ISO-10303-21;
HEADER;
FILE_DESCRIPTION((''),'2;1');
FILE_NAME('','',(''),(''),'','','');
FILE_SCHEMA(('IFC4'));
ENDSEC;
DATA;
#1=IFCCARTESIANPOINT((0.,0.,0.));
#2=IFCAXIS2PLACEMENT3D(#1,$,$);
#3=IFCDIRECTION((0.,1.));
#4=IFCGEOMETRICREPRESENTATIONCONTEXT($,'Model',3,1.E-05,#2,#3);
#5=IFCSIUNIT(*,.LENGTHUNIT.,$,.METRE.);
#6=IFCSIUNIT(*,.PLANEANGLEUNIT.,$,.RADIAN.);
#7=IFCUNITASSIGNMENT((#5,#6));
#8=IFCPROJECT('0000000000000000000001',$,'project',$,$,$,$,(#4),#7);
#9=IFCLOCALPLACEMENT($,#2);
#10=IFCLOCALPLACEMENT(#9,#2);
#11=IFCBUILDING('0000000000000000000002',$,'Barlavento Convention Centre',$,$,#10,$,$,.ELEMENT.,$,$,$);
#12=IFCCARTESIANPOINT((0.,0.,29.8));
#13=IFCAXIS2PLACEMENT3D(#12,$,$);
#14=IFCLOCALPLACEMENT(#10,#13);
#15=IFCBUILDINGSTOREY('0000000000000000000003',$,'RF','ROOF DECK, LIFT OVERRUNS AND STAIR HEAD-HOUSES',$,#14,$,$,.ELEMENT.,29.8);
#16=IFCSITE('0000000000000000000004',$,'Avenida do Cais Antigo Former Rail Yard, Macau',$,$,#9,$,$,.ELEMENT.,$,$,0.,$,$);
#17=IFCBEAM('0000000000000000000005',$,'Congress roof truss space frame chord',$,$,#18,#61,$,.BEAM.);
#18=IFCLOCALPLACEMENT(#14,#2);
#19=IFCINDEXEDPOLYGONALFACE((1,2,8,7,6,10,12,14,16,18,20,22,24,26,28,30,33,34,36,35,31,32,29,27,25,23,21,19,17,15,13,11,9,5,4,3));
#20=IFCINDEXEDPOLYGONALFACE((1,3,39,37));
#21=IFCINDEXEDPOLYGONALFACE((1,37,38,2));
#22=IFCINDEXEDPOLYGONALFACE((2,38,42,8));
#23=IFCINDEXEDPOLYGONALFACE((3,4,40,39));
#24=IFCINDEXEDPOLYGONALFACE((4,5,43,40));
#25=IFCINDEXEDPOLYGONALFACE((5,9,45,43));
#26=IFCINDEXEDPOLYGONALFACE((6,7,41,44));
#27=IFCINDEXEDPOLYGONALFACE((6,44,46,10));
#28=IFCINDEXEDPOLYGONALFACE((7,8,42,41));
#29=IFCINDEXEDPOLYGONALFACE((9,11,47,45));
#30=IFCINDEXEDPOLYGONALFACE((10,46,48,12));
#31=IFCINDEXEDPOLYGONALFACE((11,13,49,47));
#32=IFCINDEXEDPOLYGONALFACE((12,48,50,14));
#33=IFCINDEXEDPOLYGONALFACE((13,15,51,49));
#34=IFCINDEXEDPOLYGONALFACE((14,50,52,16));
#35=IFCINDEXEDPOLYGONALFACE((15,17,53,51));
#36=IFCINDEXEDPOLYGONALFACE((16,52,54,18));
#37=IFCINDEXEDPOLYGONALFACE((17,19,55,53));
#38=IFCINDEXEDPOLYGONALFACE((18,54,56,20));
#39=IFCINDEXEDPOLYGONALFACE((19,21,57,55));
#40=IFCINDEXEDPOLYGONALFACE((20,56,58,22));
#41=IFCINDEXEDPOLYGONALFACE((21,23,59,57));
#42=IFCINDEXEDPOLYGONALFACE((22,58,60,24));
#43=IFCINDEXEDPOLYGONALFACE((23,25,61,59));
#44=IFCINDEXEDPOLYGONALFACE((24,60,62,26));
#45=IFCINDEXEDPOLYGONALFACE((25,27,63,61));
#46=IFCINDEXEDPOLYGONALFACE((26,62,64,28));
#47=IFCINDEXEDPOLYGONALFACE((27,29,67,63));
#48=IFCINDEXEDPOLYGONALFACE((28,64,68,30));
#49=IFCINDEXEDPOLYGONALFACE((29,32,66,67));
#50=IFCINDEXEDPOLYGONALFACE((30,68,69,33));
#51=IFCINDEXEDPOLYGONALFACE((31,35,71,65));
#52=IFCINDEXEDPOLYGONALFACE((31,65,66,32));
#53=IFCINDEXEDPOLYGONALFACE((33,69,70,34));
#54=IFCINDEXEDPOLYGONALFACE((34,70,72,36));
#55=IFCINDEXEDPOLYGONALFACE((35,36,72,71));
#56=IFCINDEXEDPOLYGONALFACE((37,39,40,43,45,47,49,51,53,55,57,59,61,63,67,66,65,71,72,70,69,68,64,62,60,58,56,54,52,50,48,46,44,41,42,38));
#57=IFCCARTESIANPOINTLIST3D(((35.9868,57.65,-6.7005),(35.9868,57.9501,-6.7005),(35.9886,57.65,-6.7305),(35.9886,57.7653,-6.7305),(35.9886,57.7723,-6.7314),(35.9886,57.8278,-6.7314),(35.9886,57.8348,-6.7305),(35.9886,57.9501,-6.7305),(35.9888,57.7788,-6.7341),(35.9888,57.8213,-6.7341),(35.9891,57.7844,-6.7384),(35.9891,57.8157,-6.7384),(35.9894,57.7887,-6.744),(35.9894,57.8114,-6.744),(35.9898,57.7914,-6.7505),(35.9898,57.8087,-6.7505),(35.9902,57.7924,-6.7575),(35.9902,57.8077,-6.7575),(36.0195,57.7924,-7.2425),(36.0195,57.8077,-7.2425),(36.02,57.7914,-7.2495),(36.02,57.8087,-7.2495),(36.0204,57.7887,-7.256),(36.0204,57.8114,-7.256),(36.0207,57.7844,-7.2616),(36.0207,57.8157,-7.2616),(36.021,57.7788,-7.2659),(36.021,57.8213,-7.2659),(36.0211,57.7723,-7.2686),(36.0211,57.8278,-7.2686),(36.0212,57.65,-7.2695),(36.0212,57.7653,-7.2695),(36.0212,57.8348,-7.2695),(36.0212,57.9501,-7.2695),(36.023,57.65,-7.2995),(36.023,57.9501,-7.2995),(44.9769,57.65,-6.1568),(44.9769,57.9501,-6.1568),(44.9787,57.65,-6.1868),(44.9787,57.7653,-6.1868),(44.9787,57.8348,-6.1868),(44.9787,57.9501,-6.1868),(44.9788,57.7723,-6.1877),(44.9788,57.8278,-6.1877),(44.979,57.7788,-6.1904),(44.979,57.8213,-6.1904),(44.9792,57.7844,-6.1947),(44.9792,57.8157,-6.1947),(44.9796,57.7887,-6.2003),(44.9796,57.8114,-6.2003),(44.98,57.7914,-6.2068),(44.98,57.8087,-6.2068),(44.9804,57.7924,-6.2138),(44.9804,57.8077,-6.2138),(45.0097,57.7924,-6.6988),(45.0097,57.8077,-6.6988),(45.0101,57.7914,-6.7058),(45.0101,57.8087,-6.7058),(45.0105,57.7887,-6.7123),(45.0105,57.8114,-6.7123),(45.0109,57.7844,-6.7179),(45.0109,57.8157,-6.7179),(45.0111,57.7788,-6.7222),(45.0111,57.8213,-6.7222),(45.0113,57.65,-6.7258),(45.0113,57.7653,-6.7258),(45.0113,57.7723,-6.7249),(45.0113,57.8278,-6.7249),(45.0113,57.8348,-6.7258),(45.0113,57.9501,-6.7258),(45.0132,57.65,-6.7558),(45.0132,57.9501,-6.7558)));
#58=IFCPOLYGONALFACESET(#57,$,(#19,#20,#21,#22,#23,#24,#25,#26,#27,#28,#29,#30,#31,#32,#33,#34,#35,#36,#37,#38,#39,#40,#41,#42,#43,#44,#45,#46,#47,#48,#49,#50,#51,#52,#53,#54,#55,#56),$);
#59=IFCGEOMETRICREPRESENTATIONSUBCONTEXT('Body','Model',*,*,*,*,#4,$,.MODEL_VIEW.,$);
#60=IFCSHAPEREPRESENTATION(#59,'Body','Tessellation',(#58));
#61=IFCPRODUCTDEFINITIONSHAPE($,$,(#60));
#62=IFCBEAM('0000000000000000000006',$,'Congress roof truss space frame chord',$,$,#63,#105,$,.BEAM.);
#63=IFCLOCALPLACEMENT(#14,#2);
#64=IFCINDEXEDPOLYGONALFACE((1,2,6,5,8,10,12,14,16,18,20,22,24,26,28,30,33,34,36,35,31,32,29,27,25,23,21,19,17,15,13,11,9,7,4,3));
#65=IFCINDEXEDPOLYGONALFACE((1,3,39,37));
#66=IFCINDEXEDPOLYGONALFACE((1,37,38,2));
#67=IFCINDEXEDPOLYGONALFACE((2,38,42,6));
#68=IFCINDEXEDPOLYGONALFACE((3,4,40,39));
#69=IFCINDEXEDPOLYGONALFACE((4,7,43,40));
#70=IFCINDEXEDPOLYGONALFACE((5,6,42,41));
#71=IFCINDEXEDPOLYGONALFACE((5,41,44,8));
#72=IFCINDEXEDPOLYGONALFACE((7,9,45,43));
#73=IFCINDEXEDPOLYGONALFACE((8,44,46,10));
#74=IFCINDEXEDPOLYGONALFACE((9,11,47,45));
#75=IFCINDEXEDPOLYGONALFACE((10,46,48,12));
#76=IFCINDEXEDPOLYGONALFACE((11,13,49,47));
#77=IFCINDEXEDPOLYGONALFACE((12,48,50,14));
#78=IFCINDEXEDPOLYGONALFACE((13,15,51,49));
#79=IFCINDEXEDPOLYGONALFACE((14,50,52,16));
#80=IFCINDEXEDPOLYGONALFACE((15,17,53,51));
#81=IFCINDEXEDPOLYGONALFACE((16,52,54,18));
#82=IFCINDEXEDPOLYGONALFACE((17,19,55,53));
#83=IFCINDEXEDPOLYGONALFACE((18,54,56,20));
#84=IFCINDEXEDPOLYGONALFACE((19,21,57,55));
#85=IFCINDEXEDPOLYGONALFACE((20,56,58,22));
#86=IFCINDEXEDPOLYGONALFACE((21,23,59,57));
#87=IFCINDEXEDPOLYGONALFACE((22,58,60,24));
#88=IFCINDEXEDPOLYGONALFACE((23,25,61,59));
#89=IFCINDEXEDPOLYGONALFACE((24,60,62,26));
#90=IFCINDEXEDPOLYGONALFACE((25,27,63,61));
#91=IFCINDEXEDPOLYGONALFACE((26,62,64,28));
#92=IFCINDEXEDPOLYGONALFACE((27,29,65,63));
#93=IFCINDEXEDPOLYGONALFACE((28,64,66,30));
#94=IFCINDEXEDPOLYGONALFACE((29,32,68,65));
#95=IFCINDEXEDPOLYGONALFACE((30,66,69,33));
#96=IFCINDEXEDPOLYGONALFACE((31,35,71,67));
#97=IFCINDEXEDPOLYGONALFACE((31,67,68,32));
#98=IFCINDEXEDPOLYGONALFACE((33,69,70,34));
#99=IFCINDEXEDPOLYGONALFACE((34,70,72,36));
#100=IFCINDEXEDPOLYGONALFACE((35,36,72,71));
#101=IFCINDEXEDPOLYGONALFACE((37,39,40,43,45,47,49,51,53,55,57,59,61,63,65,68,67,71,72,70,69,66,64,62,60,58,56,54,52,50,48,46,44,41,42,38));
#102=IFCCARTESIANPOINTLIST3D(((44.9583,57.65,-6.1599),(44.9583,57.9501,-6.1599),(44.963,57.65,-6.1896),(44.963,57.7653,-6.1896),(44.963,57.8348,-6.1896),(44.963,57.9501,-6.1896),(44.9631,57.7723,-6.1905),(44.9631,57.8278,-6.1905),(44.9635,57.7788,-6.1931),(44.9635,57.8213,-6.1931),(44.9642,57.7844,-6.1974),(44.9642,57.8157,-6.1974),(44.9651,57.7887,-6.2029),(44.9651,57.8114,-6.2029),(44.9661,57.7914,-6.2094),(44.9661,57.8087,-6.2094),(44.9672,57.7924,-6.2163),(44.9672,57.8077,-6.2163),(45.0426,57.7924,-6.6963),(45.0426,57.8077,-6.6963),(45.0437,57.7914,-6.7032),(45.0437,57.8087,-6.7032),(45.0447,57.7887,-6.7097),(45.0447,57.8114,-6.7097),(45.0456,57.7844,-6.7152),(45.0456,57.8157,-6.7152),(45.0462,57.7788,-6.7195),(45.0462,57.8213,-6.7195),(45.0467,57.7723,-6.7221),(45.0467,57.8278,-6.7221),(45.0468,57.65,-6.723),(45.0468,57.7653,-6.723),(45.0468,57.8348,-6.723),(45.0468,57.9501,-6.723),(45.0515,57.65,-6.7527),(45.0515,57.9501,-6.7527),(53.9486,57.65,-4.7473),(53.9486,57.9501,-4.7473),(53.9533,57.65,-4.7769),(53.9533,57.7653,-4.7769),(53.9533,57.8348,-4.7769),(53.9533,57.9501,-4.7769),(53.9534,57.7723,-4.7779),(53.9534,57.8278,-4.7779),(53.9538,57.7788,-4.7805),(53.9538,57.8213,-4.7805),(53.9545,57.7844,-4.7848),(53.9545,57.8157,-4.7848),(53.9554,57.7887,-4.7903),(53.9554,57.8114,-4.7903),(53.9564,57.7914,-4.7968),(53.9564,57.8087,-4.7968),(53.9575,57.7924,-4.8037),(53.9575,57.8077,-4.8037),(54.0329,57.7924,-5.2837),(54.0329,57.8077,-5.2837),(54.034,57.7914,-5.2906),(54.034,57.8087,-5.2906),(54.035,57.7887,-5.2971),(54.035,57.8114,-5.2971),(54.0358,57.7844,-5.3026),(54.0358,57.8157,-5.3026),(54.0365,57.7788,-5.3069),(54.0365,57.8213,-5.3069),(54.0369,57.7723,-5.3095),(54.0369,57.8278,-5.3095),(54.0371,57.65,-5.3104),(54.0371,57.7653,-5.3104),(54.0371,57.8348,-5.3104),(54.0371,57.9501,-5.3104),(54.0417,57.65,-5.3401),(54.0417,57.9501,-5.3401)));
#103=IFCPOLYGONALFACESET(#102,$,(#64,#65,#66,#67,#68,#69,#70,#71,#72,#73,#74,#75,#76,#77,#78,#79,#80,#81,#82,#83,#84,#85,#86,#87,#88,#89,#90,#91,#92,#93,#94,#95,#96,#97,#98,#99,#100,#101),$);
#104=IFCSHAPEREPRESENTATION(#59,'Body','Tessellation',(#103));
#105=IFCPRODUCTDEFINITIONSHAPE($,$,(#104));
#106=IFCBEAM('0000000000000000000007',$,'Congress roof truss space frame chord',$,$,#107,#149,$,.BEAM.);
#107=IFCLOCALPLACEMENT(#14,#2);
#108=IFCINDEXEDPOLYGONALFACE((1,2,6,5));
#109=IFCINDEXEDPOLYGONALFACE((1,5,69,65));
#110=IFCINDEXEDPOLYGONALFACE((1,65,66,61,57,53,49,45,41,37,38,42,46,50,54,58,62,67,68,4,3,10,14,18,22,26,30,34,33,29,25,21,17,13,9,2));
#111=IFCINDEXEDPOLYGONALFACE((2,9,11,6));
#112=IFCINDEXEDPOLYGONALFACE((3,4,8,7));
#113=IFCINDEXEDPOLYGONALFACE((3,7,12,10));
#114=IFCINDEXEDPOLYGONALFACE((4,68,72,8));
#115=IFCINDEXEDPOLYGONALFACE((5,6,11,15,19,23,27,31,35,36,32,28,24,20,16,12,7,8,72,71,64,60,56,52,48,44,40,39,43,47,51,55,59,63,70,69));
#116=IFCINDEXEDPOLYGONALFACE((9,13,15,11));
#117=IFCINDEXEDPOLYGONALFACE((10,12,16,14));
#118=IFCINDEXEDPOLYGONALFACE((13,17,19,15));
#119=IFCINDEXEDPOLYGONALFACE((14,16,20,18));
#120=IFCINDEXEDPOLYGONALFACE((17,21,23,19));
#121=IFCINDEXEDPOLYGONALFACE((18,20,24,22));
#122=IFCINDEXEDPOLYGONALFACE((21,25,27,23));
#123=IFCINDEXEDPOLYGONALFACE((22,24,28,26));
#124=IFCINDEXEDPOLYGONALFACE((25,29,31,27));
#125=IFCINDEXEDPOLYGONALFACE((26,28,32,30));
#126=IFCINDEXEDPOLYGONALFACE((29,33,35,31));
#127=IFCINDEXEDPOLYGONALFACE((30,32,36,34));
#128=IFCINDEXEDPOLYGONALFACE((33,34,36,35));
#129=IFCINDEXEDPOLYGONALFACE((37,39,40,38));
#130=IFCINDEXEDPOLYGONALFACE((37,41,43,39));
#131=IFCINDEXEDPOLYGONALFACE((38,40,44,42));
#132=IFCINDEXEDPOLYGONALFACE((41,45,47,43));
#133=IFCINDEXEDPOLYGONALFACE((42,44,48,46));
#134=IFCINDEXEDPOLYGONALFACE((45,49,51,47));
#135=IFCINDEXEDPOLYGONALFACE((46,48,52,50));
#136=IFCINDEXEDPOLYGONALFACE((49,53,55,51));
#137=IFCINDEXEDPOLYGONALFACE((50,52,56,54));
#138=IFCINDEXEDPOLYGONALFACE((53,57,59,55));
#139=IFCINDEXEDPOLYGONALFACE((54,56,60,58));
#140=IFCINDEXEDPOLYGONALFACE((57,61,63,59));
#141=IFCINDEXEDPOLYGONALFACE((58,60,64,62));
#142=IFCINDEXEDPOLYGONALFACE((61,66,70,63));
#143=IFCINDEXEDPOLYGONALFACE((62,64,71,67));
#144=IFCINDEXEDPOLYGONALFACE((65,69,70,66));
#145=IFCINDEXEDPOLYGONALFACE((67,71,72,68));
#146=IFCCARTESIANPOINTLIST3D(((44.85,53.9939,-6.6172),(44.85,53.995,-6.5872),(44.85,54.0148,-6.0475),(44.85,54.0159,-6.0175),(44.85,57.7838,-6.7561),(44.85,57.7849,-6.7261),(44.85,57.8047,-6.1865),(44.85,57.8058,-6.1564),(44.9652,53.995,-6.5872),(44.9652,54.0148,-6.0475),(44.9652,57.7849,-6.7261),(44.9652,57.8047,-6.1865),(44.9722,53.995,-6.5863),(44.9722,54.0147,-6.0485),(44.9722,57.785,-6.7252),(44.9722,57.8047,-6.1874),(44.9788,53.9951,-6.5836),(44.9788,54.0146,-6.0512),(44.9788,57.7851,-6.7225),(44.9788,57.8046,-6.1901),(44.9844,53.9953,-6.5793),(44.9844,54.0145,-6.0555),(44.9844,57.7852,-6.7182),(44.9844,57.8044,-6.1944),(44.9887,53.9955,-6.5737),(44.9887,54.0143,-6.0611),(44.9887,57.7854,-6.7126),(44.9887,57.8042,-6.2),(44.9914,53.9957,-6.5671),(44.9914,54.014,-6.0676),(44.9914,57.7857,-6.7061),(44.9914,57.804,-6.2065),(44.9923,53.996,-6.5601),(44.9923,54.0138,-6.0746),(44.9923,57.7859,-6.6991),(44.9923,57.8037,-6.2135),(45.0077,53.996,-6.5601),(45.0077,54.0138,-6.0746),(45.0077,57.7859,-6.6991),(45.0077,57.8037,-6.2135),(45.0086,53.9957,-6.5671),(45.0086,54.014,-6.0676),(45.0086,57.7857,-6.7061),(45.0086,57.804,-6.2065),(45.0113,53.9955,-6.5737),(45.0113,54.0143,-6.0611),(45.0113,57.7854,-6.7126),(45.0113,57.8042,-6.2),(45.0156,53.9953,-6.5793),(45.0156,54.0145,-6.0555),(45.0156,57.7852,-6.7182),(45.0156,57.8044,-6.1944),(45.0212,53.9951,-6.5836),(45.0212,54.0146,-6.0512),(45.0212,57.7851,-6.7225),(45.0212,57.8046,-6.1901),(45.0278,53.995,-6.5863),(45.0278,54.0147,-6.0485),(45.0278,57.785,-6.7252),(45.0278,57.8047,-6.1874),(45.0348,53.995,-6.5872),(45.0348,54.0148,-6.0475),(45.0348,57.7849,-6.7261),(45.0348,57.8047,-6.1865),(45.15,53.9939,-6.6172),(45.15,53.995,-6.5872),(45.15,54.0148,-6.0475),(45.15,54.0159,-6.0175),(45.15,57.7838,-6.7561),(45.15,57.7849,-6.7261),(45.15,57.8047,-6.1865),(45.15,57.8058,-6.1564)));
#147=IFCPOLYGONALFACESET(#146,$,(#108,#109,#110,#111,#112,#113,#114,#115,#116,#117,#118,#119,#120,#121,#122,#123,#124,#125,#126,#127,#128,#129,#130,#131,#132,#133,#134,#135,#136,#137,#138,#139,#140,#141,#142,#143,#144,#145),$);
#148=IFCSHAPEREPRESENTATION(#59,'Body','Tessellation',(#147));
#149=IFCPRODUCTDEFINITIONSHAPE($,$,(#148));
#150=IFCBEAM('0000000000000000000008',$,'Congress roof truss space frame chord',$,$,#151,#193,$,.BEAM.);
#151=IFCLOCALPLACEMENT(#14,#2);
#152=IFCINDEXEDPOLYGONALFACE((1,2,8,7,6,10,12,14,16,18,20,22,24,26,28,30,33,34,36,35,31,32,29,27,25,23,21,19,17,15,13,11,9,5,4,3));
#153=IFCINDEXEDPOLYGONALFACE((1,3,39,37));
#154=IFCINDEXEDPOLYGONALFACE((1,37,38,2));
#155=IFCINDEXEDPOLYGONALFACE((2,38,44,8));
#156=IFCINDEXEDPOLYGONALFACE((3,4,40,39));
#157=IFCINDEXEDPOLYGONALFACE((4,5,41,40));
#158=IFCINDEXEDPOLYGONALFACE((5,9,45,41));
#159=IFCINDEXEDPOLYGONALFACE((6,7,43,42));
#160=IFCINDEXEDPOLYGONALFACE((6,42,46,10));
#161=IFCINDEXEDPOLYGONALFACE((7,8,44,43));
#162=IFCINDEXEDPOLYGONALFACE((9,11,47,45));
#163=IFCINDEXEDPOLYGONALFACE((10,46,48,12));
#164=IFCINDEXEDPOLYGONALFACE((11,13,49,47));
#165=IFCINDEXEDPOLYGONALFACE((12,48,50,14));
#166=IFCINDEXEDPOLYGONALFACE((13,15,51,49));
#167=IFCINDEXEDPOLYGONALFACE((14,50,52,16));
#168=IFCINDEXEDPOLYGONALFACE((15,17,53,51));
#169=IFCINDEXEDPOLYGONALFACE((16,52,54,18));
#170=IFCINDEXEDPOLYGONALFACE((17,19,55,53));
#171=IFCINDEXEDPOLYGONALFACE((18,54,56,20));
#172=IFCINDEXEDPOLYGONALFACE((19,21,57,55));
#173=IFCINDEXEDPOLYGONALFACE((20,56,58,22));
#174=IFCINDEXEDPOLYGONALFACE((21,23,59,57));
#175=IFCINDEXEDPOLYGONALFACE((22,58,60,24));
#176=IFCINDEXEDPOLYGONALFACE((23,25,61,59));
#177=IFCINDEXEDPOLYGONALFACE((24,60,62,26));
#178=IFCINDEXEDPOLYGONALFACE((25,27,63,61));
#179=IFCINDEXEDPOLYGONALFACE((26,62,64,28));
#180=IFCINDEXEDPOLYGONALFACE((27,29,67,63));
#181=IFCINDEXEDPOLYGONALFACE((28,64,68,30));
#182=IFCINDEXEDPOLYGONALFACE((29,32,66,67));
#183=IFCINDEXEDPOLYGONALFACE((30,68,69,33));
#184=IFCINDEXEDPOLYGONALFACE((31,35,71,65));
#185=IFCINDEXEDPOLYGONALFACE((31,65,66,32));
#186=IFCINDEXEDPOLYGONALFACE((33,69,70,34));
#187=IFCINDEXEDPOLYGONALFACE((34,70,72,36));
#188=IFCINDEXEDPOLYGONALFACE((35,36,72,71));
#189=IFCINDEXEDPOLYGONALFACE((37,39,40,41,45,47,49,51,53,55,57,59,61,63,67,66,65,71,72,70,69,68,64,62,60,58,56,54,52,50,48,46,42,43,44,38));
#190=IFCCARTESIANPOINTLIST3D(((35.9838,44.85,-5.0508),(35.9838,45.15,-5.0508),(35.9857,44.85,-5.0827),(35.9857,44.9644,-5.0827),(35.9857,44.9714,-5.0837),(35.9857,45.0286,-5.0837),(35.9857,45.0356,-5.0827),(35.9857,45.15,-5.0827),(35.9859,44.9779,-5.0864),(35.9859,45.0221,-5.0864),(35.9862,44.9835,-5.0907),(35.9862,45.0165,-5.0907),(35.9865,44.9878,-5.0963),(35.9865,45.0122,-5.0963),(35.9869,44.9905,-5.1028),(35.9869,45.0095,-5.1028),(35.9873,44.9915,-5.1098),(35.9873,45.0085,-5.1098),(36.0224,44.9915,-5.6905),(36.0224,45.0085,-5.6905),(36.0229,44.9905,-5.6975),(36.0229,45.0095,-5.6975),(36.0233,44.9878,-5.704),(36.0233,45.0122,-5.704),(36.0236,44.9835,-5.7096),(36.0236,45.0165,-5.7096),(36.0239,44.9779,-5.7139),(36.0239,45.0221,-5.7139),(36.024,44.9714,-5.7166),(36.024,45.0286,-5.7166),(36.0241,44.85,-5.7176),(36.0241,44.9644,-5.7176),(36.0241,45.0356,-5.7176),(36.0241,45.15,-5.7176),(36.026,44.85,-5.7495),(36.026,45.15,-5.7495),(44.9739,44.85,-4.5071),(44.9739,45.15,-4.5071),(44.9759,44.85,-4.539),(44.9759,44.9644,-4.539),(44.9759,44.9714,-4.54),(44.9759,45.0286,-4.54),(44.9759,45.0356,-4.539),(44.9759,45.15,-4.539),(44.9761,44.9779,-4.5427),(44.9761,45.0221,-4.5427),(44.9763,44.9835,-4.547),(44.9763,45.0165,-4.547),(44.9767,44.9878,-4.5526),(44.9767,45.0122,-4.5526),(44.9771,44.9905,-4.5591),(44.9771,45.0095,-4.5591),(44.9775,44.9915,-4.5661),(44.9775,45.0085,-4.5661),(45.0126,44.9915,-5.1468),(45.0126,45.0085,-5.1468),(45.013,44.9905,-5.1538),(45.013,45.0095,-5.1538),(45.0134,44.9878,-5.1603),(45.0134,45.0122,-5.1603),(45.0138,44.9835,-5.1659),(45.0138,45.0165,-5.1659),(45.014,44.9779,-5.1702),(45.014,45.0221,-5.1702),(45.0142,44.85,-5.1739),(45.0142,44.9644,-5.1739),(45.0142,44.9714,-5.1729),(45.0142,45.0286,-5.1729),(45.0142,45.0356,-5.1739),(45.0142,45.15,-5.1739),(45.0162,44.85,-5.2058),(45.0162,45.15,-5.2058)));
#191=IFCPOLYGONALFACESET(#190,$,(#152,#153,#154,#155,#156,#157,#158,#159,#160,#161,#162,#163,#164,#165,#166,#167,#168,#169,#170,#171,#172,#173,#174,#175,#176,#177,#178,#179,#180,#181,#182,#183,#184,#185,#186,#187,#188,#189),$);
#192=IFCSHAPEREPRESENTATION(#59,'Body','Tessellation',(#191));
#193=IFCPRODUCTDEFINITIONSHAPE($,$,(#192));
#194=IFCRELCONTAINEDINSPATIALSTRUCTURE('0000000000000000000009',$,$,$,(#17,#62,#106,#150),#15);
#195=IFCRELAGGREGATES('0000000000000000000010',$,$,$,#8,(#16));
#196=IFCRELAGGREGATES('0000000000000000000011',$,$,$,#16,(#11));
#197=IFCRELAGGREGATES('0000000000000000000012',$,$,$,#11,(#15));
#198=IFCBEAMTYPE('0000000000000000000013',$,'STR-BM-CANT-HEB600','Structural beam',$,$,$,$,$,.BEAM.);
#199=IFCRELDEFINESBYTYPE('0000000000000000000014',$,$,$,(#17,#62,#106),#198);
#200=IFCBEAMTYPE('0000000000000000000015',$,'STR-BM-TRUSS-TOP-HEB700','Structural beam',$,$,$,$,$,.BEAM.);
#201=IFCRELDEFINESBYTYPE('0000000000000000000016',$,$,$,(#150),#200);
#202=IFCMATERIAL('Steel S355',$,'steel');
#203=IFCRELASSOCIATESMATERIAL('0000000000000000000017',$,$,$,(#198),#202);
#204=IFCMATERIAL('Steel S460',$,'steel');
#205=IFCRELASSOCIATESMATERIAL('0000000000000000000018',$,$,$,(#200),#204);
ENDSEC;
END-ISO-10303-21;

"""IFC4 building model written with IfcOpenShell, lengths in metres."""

from ifc_helpers import new_model, si_unit, direction, frame, origin, origin_2d, place, context, subcontext, project, spatial, i_section, extrude, material, material_profile, profile_set, type_object, element, save


model = new_model("IFC4")

# Units and contexts
model_context = context("Model", 3, precision=1e-05, world=origin(), true_north=direction((0.0, 1.0)))
body_context = subcontext(model_context, "Body", "Model", "MODEL_VIEW")
ifc_project = project(units=[si_unit("LENGTHUNIT", "METRE"), si_unit("PLANEANGLEUNIT", "RADIAN")], contexts=[model_context])

# Site, building, storey
site_placement = place(None, origin())
site = spatial("IfcSite", under=ifc_project, at=site_placement, Name="Avenida do Cais Antigo Former Rail Yard, Macau", CompositionType="ELEMENT", RefElevation=0.0)
building_placement = place(site_placement, origin())
building = spatial("IfcBuilding", under=site, at=building_placement, Name="Barlavento Convention Centre", CompositionType="ELEMENT")
storey_placement = place(building_placement, frame((0.0, 0.0, 29.8)))
storey = spatial("IfcBuildingStorey", under=building, at=storey_placement, Name="RF", Description="ROOF DECK, LIFT OVERRUNS AND STAIR HEAD-HOUSES", CompositionType="ELEMENT", Elevation=29.8)

# Beams
ifc_material_1 = material(Name="Steel S355", Category="steel")
ifc_material_profile_1 = material_profile(ifc_material_1, i_section(OverallWidth=0.3, OverallDepth=0.6001, WebThickness=0.0154, FlangeThickness=0.03, FilletRadius=0.0271, at=origin_2d()), Name="HEB 600")
ifc_profile_set_1 = profile_set([ifc_material_profile_1], Name="Steel S355")
beam_type_1 = type_object("IfcBeamType", Name="STR-BM-CANT-HEB600", Description="Structural beam", PredefinedType="BEAM", material=ifc_profile_set_1)
beam_1_placement = place(storey_placement, frame((36.0049, 57.8, -7.0), z_axis=(0.998176, 0.0, 0.060367), x_axis=(0.0, 1.0, 0.0)))
element("IfcBeam", 1, at=beam_1_placement, inside=storey, type_object=beam_type_1, Name="Congress roof truss space frame chord", PredefinedType="BEAM", context=body_context, shape_type="SweptSolid", body=[
    extrude(i_section(OverallWidth=0.3, OverallDepth=0.6001, WebThickness=0.0154, FlangeThickness=0.03, FilletRadius=0.0271, at=origin_2d()), origin(), (0.0, 0.0, 1.0), 9.0066),
])
beam_2_placement = place(storey_placement, frame((45.0049, 57.8, -6.4563), z_axis=(0.98788, 0.0, 0.155221), x_axis=(0.0, 1.0, 0.0)))
element("IfcBeam", 2, at=beam_2_placement, inside=storey, type_object=beam_type_1, Name="Congress roof truss space frame chord", PredefinedType="BEAM", context=body_context, shape_type="SweptSolid", body=[
    extrude(i_section(OverallWidth=0.3, OverallDepth=0.6001, WebThickness=0.0154, FlangeThickness=0.03, FilletRadius=0.0271, at=origin_2d()), origin(), (0.0, 0.0, 1.0), 9.1006),
])
beam_3_placement = place(storey_placement, frame((45.0, 54.0049, -6.3174), z_axis=(0.0, 0.999329, -0.036628), x_axis=(-1.0, 0.0, 0.0)))
element("IfcBeam", 3, at=beam_3_placement, inside=storey, type_object=beam_type_1, Name="Congress roof truss space frame chord", PredefinedType="BEAM", context=body_context, shape_type="SweptSolid", body=[
    extrude(i_section(OverallWidth=0.3, OverallDepth=0.6001, WebThickness=0.0154, FlangeThickness=0.03, FilletRadius=0.0271, at=origin_2d()), origin(), (0.0, 0.0, 1.0), 3.7925),
])
ifc_material_2 = material(Name="Steel S460", Category="steel")
ifc_material_profile_2 = material_profile(ifc_material_2, i_section(OverallWidth=0.3, OverallDepth=0.7, WebThickness=0.0171, FlangeThickness=0.032, FilletRadius=0.0271, at=origin_2d()), Name="HEB 700")
ifc_profile_set_2 = profile_set([ifc_material_profile_2], Name="Steel S460")
beam_type_2 = type_object("IfcBeamType", Name="STR-BM-TRUSS-TOP-HEB700", Description="Structural beam", PredefinedType="BEAM", material=ifc_profile_set_2)
beam_4_placement = place(storey_placement, frame((36.0049, 45.0, -5.4001), z_axis=(0.998176, 0.0, 0.060367), x_axis=(0.0, 1.0, 0.0)))
element("IfcBeam", 4, at=beam_4_placement, inside=storey, type_object=beam_type_2, Name="Congress roof truss space frame chord", PredefinedType="BEAM", context=body_context, shape_type="SweptSolid", body=[
    extrude(i_section(OverallWidth=0.3, OverallDepth=0.7, WebThickness=0.0171, FlangeThickness=0.032, FilletRadius=0.0271, at=origin_2d()), origin(), (0.0, 0.0, 1.0), 9.0066),
])

save(model, "model.ifc")
